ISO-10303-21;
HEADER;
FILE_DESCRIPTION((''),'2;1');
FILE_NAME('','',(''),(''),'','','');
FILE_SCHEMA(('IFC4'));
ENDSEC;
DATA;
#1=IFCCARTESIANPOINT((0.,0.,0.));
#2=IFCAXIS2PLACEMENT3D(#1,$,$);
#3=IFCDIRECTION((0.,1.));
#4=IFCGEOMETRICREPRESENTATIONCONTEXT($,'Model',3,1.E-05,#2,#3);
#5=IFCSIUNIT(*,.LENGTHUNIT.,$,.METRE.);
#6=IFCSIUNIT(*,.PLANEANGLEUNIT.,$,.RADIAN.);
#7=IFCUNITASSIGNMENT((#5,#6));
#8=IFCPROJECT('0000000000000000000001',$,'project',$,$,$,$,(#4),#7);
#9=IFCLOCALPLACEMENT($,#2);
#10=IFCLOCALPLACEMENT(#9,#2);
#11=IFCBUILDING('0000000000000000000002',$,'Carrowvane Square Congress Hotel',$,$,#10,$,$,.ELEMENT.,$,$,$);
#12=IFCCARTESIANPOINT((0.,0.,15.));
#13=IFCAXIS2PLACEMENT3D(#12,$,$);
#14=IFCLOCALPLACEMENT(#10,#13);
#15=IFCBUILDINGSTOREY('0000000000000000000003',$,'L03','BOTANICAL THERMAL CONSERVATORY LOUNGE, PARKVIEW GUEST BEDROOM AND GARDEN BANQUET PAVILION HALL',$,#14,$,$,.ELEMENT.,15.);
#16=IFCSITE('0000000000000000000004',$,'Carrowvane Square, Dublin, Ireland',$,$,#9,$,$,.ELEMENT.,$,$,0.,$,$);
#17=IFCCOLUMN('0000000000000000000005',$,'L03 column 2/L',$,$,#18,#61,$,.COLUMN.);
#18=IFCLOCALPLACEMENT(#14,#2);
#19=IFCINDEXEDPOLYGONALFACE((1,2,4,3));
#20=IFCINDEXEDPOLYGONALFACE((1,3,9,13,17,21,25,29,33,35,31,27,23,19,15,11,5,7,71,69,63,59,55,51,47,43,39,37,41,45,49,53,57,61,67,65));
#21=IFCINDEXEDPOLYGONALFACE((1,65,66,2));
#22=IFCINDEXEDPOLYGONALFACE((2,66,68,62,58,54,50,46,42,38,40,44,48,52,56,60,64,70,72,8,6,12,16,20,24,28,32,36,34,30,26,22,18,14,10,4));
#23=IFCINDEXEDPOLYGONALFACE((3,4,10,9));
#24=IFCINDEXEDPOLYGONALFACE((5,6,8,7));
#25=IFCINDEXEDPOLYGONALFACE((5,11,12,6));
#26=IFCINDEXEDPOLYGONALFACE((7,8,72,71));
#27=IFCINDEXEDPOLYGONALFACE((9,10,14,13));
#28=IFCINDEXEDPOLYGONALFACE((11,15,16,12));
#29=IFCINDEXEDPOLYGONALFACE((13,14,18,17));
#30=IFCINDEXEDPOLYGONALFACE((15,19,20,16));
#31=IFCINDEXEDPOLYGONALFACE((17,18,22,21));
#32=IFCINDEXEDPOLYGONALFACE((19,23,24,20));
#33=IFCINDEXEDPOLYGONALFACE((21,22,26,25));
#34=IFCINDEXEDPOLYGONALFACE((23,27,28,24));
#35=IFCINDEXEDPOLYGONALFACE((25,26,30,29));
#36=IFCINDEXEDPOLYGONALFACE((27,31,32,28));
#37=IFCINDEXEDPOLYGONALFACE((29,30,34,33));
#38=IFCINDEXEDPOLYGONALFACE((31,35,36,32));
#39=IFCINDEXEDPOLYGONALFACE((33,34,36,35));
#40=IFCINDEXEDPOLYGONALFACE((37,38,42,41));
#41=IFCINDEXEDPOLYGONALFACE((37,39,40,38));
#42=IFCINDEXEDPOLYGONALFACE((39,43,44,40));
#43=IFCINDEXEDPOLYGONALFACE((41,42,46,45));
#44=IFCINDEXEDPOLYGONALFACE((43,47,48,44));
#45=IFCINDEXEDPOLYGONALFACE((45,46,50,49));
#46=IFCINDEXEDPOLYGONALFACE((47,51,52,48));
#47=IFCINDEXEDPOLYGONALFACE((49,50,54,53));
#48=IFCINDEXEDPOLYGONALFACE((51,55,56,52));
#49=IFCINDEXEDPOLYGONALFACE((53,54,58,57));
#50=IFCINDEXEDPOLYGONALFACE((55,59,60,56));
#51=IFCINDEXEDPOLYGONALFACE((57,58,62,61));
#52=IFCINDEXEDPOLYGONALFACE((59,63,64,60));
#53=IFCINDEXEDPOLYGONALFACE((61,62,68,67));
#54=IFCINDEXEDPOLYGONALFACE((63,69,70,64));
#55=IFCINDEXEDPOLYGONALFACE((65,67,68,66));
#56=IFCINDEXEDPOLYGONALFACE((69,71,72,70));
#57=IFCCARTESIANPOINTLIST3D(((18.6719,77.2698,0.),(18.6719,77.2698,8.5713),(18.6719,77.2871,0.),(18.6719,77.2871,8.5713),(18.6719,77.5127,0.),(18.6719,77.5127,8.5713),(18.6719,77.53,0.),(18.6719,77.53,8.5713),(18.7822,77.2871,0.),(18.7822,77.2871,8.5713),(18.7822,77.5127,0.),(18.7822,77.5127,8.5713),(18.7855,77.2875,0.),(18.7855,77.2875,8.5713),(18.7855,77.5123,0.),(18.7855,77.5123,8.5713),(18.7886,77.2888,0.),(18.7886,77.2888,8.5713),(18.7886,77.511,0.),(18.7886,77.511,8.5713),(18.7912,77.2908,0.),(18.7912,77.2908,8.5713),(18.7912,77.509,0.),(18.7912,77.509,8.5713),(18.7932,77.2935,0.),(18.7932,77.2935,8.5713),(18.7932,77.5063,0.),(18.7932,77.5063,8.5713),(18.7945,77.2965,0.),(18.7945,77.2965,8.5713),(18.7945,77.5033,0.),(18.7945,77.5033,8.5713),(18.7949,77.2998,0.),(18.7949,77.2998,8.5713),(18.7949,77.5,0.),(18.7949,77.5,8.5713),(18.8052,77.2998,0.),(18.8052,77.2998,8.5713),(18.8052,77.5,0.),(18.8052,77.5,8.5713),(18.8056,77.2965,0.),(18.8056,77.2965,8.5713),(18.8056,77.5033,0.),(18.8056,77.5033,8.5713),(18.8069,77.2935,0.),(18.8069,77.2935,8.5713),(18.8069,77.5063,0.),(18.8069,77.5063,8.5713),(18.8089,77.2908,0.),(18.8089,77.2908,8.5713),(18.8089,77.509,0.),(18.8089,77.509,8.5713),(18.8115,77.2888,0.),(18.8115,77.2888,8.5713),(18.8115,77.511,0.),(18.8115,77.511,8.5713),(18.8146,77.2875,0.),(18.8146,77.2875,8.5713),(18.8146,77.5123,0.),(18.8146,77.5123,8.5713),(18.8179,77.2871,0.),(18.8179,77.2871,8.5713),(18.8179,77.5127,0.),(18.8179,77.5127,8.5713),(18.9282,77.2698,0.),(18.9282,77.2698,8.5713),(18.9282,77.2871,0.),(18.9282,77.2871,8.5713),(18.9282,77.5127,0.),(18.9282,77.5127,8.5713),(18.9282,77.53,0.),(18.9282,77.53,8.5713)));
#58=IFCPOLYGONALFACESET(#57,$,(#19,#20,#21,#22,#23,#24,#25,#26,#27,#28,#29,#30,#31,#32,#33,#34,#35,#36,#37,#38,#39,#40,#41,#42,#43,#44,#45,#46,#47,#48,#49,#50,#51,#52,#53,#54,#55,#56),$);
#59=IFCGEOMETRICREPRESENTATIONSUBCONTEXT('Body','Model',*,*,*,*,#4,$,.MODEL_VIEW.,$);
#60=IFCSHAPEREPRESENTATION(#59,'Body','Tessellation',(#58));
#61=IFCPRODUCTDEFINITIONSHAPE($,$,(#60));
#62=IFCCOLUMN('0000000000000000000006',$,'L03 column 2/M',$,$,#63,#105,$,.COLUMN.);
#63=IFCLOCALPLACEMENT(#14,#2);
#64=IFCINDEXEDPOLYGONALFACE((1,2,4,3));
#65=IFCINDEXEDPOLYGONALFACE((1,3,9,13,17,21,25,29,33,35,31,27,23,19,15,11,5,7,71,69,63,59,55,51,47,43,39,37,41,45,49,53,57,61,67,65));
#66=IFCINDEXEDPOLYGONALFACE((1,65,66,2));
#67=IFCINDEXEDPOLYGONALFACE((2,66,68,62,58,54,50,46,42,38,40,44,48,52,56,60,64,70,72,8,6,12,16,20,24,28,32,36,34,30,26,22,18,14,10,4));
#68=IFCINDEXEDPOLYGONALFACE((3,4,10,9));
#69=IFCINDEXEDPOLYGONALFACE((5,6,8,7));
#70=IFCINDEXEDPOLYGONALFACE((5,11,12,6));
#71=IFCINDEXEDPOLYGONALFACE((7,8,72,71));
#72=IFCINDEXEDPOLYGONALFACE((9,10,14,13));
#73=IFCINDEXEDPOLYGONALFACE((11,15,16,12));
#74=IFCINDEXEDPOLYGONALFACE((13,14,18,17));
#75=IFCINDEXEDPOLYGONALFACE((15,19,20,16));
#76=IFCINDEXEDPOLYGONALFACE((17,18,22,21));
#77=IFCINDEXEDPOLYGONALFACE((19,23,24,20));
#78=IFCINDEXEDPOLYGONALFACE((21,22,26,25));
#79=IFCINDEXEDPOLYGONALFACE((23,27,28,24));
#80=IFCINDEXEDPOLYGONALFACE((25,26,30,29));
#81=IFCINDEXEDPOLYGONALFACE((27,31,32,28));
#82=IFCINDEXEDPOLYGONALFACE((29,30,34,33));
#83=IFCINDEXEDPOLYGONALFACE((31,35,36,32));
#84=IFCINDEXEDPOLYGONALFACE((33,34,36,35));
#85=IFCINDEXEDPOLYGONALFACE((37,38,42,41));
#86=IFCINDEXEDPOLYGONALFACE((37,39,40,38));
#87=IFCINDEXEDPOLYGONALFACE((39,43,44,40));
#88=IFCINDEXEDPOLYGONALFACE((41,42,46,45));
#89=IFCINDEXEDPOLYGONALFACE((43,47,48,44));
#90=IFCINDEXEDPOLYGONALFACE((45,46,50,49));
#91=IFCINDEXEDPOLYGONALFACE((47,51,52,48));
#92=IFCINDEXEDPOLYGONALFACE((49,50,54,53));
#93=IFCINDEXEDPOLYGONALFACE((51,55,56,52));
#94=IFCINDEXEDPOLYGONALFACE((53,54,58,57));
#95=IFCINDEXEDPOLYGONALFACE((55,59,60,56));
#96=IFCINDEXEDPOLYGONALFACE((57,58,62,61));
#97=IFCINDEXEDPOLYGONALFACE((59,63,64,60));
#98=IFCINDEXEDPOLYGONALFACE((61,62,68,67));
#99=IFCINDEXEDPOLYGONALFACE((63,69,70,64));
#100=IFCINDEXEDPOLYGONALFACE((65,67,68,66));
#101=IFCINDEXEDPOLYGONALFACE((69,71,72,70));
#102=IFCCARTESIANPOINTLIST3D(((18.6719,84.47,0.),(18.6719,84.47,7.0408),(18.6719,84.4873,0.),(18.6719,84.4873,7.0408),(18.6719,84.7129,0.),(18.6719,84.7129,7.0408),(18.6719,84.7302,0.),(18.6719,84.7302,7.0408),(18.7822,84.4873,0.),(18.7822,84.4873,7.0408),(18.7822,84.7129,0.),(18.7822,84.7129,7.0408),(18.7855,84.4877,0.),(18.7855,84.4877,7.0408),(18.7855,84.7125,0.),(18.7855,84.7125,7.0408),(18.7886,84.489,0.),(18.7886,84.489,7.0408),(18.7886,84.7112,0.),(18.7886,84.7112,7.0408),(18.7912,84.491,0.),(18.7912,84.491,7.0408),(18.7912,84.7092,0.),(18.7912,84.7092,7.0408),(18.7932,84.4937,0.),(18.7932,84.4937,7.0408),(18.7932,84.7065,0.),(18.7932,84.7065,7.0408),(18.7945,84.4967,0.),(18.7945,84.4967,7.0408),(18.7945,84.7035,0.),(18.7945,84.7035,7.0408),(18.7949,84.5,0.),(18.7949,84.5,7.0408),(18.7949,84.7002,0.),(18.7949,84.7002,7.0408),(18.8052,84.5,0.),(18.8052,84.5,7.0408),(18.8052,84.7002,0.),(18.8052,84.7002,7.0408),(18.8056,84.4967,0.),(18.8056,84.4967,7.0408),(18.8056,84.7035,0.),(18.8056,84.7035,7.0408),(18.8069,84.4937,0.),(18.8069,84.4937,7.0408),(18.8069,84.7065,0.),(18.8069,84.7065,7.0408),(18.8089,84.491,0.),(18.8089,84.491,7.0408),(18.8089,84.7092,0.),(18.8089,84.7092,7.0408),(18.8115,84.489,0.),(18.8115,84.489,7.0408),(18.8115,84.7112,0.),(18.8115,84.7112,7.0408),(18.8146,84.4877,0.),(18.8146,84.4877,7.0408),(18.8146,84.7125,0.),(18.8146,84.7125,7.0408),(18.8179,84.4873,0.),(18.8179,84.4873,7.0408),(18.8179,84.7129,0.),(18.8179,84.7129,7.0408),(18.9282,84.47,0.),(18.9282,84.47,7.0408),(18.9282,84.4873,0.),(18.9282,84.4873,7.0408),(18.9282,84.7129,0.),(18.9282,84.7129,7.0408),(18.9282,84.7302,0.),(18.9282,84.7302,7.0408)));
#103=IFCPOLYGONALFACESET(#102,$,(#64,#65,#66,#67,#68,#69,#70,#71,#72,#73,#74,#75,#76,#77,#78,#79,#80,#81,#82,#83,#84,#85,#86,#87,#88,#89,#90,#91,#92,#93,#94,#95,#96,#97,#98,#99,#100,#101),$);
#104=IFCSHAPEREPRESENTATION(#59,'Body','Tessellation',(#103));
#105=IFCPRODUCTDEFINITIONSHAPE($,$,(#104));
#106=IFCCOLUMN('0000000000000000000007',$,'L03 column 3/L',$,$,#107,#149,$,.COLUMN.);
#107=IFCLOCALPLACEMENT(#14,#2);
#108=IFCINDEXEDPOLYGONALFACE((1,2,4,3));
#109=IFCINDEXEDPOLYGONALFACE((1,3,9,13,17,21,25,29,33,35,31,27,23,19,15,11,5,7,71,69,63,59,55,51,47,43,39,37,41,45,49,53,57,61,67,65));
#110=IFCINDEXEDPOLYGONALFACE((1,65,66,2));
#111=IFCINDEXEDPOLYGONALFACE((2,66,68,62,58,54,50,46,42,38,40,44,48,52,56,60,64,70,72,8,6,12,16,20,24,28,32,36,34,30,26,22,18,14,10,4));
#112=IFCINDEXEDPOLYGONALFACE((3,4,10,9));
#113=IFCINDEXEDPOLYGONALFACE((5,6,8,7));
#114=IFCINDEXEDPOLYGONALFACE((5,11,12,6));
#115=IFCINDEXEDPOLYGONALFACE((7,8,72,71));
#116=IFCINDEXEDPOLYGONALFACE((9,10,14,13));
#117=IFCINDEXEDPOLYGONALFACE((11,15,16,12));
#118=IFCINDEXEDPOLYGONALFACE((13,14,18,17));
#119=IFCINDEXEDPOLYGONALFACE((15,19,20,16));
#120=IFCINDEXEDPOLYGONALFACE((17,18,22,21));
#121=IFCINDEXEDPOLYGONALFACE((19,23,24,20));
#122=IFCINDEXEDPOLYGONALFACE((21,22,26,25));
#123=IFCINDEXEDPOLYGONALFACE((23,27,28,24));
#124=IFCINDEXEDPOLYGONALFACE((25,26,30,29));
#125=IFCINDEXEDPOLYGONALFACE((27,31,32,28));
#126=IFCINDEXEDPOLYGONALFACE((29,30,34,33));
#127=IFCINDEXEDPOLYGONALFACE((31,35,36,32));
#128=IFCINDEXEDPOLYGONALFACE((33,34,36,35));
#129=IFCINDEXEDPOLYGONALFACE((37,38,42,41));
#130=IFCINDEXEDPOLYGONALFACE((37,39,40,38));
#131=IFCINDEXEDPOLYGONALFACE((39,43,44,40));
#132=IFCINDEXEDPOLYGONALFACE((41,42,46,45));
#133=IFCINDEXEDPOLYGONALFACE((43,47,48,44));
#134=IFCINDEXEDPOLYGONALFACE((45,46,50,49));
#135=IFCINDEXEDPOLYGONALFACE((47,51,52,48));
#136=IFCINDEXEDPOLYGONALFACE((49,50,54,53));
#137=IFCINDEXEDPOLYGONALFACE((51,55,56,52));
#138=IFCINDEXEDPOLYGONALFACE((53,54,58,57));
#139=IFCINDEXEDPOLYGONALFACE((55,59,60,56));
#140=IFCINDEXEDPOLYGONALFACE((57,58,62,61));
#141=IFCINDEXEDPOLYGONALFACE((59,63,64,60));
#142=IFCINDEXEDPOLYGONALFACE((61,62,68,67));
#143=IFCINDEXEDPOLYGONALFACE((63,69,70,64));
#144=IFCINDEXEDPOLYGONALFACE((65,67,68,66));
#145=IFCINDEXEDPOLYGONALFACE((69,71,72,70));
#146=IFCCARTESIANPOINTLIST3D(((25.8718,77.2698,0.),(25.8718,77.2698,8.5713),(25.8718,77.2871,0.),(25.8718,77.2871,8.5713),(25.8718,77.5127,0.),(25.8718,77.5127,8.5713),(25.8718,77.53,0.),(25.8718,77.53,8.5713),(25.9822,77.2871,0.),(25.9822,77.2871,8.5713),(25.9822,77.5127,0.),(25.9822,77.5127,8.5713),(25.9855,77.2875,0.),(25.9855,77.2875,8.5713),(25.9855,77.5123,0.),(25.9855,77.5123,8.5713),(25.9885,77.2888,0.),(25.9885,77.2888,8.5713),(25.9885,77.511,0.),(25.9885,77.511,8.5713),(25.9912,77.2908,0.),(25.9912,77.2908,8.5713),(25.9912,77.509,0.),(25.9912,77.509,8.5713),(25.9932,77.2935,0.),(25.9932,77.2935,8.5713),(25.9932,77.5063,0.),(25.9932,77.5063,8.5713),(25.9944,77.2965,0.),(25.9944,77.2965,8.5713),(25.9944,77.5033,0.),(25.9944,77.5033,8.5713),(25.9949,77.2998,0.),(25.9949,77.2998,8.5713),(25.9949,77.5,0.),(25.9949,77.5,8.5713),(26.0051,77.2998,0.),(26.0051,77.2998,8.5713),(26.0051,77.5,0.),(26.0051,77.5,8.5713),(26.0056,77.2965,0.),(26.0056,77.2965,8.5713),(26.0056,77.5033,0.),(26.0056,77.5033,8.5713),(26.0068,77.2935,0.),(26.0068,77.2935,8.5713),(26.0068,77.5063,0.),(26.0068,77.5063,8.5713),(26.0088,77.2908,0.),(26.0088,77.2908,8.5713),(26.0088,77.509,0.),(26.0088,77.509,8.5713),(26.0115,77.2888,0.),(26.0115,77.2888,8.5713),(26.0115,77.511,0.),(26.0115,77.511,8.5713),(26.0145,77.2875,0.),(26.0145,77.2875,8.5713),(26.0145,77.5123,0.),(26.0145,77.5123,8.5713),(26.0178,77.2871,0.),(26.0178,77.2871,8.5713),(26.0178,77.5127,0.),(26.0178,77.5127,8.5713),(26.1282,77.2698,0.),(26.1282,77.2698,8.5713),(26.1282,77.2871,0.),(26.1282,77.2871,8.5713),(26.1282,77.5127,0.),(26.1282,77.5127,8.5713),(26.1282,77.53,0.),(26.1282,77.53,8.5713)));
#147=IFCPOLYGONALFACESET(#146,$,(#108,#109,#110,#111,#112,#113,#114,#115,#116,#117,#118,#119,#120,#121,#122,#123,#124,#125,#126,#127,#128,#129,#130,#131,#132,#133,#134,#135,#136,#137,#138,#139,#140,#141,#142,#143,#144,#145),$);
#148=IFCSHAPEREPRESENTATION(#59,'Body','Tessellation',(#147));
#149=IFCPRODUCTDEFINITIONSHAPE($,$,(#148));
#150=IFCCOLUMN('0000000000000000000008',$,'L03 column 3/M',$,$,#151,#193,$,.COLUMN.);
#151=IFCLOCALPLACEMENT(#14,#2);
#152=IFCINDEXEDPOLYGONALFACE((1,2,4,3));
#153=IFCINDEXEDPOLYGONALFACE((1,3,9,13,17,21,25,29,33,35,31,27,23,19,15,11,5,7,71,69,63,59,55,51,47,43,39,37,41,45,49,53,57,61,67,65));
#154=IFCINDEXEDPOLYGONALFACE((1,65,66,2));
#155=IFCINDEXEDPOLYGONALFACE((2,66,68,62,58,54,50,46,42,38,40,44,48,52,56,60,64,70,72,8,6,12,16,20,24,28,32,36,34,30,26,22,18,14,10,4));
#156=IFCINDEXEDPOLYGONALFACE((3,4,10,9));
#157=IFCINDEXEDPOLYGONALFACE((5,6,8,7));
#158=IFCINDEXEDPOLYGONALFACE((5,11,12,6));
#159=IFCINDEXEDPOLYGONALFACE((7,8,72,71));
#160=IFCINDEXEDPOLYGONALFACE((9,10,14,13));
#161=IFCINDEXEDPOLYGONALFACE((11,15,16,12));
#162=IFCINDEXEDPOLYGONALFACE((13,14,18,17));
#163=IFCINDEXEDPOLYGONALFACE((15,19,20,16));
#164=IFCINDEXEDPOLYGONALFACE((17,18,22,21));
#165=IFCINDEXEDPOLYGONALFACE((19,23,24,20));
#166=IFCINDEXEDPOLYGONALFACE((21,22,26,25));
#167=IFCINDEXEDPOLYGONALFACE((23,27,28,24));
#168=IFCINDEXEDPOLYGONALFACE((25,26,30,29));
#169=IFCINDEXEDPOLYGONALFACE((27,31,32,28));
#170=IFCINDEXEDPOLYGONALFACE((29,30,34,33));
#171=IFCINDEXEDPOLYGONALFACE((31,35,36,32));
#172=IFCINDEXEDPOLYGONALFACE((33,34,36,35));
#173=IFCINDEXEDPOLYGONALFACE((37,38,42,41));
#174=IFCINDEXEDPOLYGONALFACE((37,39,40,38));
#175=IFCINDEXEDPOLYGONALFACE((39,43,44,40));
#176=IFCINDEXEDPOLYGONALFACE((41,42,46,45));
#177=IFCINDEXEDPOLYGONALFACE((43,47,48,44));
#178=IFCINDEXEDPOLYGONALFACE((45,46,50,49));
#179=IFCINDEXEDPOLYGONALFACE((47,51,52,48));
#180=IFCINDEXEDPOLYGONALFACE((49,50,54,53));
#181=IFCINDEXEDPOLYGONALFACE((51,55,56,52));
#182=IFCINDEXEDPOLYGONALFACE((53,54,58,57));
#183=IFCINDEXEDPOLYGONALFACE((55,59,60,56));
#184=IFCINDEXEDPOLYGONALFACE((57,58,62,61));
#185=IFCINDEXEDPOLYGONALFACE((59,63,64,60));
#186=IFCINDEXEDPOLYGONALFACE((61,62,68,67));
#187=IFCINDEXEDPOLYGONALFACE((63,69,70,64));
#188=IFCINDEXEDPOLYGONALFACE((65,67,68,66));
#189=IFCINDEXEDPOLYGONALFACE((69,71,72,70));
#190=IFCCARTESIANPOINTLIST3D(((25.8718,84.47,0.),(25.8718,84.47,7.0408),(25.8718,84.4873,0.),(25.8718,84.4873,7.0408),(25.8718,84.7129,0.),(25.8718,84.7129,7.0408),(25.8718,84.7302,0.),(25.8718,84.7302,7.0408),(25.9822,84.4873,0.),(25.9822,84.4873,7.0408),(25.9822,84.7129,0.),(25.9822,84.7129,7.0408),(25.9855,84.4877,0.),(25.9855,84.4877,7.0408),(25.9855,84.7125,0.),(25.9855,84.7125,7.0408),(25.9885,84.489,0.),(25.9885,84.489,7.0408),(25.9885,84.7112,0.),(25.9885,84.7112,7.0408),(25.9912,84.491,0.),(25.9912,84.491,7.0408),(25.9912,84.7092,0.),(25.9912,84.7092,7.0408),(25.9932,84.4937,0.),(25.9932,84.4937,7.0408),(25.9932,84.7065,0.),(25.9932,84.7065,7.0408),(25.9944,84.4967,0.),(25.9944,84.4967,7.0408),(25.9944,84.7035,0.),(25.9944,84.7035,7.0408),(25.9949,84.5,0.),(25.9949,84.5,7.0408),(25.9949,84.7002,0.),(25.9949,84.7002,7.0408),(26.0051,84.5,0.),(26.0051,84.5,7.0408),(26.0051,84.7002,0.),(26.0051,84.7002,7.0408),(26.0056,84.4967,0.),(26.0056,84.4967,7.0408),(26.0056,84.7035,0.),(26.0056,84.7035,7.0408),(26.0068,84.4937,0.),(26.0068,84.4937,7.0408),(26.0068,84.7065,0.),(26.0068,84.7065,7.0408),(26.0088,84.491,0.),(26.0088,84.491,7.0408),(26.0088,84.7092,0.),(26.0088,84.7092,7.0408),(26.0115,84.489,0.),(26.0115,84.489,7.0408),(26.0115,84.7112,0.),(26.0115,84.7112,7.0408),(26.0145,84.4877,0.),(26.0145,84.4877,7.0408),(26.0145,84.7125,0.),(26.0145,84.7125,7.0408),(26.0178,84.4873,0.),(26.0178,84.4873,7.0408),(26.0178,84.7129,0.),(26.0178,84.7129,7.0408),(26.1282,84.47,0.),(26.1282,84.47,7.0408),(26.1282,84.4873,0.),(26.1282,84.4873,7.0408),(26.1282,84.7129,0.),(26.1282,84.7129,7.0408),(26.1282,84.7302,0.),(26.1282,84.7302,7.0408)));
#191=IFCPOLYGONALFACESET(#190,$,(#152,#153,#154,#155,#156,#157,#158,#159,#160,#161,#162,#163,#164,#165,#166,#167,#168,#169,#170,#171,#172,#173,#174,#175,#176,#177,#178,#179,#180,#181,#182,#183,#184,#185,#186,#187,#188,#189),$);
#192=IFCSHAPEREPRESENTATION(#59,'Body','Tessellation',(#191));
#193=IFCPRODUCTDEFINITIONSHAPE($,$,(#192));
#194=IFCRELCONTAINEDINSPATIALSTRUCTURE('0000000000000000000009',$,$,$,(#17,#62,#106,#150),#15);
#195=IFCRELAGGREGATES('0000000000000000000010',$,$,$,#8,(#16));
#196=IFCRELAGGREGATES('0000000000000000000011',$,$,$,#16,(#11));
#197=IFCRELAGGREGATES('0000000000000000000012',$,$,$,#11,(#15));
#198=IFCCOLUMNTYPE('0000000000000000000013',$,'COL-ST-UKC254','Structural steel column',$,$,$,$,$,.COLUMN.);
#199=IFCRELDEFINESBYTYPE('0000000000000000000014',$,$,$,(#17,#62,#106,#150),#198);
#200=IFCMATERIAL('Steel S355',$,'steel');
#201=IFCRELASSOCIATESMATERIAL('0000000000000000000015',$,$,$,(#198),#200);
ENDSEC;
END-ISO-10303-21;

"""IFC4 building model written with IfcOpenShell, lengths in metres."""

from ifc_helpers import new_model, si_unit, direction, frame, origin, origin_2d, place, context, subcontext, project, spatial, i_section, extrude, material, material_profile, profile_set, type_object, element, save


model = new_model("IFC4")

# Units and contexts
model_context = context("Model", 3, precision=1e-05, world=origin(), true_north=direction((0.0, 1.0)))
body_context = subcontext(model_context, "Body", "Model", "MODEL_VIEW")
ifc_project = project(units=[si_unit("LENGTHUNIT", "METRE"), si_unit("PLANEANGLEUNIT", "RADIAN")], contexts=[model_context])

# Site, building, storey
site_placement = place(None, origin())
site = spatial("IfcSite", under=ifc_project, at=site_placement, Name="Carrowvane Square, Dublin, Ireland", CompositionType="ELEMENT", RefElevation=0.0)
building_placement = place(site_placement, origin())
building = spatial("IfcBuilding", under=site, at=building_placement, Name="Carrowvane Square Congress Hotel", CompositionType="ELEMENT")
storey_placement = place(building_placement, frame((0.0, 0.0, 15.0)))
storey = spatial("IfcBuildingStorey", under=building, at=storey_placement, Name="L03", Description="BOTANICAL THERMAL CONSERVATORY LOUNGE, PARKVIEW GUEST BEDROOM AND GARDEN BANQUET PAVILION HALL", CompositionType="ELEMENT", Elevation=15.0)

# Columns
ifc_material_1 = material(Name="Steel S355", Category="steel")
ifc_material_profile_1 = material_profile(ifc_material_1, i_section(OverallWidth=0.2563, OverallDepth=0.2603, WebThickness=0.0103, FlangeThickness=0.0173, FilletRadius=0.0127, at=origin_2d()), Name="UKC 254x254x89")
ifc_profile_set_1 = profile_set([ifc_material_profile_1], Name="Steel S355")
column_type = type_object("IfcColumnType", Name="COL-ST-UKC254", Description="Structural steel column", PredefinedType="COLUMN", material=ifc_profile_set_1)
column_1_placement = place(storey_placement, frame((18.8, 77.3999, 0.0), z_axis=(0.0, 0.0, 1.0), x_axis=(1.0, 0.0, 0.0)))
element("IfcColumn", 1, at=column_1_placement, inside=storey, type_object=column_type, Name="L03 column 2/L", PredefinedType="COLUMN", context=body_context, shape_type="SweptSolid", body=[
    extrude(i_section(OverallWidth=0.2563, OverallDepth=0.2603, WebThickness=0.0103, FlangeThickness=0.0173, FilletRadius=0.0127, at=origin_2d()), origin(), (0.0, 0.0, 1.0), 8.5713),
])
column_2_placement = place(storey_placement, frame((18.8, 84.6001, 0.0), z_axis=(0.0, 0.0, 1.0), x_axis=(1.0, 0.0, 0.0)))
element("IfcColumn", 2, at=column_2_placement, inside=storey, type_object=column_type, Name="L03 column 2/M", PredefinedType="COLUMN", context=body_context, shape_type="SweptSolid", body=[
    extrude(i_section(OverallWidth=0.2563, OverallDepth=0.2603, WebThickness=0.0103, FlangeThickness=0.0173, FilletRadius=0.0127, at=origin_2d()), origin(), (0.0, 0.0, 1.0), 7.0408),
])
column_3_placement = place(storey_placement, frame((26.0, 77.3999, 0.0), z_axis=(0.0, 0.0, 1.0), x_axis=(1.0, 0.0, 0.0)))
element("IfcColumn", 3, at=column_3_placement, inside=storey, type_object=column_type, Name="L03 column 3/L", PredefinedType="COLUMN", context=body_context, shape_type="SweptSolid", body=[
    extrude(i_section(OverallWidth=0.2563, OverallDepth=0.2603, WebThickness=0.0103, FlangeThickness=0.0173, FilletRadius=0.0127, at=origin_2d()), origin(), (0.0, 0.0, 1.0), 8.5713),
])
column_4_placement = place(storey_placement, frame((26.0, 84.6001, 0.0), z_axis=(0.0, 0.0, 1.0), x_axis=(1.0, 0.0, 0.0)))
element("IfcColumn", 4, at=column_4_placement, inside=storey, type_object=column_type, Name="L03 column 3/M", PredefinedType="COLUMN", context=body_context, shape_type="SweptSolid", body=[
    extrude(i_section(OverallWidth=0.2563, OverallDepth=0.2603, WebThickness=0.0103, FlangeThickness=0.0173, FilletRadius=0.0127, at=origin_2d()), origin(), (0.0, 0.0, 1.0), 7.0408),
])

save(model, "model.ifc")
